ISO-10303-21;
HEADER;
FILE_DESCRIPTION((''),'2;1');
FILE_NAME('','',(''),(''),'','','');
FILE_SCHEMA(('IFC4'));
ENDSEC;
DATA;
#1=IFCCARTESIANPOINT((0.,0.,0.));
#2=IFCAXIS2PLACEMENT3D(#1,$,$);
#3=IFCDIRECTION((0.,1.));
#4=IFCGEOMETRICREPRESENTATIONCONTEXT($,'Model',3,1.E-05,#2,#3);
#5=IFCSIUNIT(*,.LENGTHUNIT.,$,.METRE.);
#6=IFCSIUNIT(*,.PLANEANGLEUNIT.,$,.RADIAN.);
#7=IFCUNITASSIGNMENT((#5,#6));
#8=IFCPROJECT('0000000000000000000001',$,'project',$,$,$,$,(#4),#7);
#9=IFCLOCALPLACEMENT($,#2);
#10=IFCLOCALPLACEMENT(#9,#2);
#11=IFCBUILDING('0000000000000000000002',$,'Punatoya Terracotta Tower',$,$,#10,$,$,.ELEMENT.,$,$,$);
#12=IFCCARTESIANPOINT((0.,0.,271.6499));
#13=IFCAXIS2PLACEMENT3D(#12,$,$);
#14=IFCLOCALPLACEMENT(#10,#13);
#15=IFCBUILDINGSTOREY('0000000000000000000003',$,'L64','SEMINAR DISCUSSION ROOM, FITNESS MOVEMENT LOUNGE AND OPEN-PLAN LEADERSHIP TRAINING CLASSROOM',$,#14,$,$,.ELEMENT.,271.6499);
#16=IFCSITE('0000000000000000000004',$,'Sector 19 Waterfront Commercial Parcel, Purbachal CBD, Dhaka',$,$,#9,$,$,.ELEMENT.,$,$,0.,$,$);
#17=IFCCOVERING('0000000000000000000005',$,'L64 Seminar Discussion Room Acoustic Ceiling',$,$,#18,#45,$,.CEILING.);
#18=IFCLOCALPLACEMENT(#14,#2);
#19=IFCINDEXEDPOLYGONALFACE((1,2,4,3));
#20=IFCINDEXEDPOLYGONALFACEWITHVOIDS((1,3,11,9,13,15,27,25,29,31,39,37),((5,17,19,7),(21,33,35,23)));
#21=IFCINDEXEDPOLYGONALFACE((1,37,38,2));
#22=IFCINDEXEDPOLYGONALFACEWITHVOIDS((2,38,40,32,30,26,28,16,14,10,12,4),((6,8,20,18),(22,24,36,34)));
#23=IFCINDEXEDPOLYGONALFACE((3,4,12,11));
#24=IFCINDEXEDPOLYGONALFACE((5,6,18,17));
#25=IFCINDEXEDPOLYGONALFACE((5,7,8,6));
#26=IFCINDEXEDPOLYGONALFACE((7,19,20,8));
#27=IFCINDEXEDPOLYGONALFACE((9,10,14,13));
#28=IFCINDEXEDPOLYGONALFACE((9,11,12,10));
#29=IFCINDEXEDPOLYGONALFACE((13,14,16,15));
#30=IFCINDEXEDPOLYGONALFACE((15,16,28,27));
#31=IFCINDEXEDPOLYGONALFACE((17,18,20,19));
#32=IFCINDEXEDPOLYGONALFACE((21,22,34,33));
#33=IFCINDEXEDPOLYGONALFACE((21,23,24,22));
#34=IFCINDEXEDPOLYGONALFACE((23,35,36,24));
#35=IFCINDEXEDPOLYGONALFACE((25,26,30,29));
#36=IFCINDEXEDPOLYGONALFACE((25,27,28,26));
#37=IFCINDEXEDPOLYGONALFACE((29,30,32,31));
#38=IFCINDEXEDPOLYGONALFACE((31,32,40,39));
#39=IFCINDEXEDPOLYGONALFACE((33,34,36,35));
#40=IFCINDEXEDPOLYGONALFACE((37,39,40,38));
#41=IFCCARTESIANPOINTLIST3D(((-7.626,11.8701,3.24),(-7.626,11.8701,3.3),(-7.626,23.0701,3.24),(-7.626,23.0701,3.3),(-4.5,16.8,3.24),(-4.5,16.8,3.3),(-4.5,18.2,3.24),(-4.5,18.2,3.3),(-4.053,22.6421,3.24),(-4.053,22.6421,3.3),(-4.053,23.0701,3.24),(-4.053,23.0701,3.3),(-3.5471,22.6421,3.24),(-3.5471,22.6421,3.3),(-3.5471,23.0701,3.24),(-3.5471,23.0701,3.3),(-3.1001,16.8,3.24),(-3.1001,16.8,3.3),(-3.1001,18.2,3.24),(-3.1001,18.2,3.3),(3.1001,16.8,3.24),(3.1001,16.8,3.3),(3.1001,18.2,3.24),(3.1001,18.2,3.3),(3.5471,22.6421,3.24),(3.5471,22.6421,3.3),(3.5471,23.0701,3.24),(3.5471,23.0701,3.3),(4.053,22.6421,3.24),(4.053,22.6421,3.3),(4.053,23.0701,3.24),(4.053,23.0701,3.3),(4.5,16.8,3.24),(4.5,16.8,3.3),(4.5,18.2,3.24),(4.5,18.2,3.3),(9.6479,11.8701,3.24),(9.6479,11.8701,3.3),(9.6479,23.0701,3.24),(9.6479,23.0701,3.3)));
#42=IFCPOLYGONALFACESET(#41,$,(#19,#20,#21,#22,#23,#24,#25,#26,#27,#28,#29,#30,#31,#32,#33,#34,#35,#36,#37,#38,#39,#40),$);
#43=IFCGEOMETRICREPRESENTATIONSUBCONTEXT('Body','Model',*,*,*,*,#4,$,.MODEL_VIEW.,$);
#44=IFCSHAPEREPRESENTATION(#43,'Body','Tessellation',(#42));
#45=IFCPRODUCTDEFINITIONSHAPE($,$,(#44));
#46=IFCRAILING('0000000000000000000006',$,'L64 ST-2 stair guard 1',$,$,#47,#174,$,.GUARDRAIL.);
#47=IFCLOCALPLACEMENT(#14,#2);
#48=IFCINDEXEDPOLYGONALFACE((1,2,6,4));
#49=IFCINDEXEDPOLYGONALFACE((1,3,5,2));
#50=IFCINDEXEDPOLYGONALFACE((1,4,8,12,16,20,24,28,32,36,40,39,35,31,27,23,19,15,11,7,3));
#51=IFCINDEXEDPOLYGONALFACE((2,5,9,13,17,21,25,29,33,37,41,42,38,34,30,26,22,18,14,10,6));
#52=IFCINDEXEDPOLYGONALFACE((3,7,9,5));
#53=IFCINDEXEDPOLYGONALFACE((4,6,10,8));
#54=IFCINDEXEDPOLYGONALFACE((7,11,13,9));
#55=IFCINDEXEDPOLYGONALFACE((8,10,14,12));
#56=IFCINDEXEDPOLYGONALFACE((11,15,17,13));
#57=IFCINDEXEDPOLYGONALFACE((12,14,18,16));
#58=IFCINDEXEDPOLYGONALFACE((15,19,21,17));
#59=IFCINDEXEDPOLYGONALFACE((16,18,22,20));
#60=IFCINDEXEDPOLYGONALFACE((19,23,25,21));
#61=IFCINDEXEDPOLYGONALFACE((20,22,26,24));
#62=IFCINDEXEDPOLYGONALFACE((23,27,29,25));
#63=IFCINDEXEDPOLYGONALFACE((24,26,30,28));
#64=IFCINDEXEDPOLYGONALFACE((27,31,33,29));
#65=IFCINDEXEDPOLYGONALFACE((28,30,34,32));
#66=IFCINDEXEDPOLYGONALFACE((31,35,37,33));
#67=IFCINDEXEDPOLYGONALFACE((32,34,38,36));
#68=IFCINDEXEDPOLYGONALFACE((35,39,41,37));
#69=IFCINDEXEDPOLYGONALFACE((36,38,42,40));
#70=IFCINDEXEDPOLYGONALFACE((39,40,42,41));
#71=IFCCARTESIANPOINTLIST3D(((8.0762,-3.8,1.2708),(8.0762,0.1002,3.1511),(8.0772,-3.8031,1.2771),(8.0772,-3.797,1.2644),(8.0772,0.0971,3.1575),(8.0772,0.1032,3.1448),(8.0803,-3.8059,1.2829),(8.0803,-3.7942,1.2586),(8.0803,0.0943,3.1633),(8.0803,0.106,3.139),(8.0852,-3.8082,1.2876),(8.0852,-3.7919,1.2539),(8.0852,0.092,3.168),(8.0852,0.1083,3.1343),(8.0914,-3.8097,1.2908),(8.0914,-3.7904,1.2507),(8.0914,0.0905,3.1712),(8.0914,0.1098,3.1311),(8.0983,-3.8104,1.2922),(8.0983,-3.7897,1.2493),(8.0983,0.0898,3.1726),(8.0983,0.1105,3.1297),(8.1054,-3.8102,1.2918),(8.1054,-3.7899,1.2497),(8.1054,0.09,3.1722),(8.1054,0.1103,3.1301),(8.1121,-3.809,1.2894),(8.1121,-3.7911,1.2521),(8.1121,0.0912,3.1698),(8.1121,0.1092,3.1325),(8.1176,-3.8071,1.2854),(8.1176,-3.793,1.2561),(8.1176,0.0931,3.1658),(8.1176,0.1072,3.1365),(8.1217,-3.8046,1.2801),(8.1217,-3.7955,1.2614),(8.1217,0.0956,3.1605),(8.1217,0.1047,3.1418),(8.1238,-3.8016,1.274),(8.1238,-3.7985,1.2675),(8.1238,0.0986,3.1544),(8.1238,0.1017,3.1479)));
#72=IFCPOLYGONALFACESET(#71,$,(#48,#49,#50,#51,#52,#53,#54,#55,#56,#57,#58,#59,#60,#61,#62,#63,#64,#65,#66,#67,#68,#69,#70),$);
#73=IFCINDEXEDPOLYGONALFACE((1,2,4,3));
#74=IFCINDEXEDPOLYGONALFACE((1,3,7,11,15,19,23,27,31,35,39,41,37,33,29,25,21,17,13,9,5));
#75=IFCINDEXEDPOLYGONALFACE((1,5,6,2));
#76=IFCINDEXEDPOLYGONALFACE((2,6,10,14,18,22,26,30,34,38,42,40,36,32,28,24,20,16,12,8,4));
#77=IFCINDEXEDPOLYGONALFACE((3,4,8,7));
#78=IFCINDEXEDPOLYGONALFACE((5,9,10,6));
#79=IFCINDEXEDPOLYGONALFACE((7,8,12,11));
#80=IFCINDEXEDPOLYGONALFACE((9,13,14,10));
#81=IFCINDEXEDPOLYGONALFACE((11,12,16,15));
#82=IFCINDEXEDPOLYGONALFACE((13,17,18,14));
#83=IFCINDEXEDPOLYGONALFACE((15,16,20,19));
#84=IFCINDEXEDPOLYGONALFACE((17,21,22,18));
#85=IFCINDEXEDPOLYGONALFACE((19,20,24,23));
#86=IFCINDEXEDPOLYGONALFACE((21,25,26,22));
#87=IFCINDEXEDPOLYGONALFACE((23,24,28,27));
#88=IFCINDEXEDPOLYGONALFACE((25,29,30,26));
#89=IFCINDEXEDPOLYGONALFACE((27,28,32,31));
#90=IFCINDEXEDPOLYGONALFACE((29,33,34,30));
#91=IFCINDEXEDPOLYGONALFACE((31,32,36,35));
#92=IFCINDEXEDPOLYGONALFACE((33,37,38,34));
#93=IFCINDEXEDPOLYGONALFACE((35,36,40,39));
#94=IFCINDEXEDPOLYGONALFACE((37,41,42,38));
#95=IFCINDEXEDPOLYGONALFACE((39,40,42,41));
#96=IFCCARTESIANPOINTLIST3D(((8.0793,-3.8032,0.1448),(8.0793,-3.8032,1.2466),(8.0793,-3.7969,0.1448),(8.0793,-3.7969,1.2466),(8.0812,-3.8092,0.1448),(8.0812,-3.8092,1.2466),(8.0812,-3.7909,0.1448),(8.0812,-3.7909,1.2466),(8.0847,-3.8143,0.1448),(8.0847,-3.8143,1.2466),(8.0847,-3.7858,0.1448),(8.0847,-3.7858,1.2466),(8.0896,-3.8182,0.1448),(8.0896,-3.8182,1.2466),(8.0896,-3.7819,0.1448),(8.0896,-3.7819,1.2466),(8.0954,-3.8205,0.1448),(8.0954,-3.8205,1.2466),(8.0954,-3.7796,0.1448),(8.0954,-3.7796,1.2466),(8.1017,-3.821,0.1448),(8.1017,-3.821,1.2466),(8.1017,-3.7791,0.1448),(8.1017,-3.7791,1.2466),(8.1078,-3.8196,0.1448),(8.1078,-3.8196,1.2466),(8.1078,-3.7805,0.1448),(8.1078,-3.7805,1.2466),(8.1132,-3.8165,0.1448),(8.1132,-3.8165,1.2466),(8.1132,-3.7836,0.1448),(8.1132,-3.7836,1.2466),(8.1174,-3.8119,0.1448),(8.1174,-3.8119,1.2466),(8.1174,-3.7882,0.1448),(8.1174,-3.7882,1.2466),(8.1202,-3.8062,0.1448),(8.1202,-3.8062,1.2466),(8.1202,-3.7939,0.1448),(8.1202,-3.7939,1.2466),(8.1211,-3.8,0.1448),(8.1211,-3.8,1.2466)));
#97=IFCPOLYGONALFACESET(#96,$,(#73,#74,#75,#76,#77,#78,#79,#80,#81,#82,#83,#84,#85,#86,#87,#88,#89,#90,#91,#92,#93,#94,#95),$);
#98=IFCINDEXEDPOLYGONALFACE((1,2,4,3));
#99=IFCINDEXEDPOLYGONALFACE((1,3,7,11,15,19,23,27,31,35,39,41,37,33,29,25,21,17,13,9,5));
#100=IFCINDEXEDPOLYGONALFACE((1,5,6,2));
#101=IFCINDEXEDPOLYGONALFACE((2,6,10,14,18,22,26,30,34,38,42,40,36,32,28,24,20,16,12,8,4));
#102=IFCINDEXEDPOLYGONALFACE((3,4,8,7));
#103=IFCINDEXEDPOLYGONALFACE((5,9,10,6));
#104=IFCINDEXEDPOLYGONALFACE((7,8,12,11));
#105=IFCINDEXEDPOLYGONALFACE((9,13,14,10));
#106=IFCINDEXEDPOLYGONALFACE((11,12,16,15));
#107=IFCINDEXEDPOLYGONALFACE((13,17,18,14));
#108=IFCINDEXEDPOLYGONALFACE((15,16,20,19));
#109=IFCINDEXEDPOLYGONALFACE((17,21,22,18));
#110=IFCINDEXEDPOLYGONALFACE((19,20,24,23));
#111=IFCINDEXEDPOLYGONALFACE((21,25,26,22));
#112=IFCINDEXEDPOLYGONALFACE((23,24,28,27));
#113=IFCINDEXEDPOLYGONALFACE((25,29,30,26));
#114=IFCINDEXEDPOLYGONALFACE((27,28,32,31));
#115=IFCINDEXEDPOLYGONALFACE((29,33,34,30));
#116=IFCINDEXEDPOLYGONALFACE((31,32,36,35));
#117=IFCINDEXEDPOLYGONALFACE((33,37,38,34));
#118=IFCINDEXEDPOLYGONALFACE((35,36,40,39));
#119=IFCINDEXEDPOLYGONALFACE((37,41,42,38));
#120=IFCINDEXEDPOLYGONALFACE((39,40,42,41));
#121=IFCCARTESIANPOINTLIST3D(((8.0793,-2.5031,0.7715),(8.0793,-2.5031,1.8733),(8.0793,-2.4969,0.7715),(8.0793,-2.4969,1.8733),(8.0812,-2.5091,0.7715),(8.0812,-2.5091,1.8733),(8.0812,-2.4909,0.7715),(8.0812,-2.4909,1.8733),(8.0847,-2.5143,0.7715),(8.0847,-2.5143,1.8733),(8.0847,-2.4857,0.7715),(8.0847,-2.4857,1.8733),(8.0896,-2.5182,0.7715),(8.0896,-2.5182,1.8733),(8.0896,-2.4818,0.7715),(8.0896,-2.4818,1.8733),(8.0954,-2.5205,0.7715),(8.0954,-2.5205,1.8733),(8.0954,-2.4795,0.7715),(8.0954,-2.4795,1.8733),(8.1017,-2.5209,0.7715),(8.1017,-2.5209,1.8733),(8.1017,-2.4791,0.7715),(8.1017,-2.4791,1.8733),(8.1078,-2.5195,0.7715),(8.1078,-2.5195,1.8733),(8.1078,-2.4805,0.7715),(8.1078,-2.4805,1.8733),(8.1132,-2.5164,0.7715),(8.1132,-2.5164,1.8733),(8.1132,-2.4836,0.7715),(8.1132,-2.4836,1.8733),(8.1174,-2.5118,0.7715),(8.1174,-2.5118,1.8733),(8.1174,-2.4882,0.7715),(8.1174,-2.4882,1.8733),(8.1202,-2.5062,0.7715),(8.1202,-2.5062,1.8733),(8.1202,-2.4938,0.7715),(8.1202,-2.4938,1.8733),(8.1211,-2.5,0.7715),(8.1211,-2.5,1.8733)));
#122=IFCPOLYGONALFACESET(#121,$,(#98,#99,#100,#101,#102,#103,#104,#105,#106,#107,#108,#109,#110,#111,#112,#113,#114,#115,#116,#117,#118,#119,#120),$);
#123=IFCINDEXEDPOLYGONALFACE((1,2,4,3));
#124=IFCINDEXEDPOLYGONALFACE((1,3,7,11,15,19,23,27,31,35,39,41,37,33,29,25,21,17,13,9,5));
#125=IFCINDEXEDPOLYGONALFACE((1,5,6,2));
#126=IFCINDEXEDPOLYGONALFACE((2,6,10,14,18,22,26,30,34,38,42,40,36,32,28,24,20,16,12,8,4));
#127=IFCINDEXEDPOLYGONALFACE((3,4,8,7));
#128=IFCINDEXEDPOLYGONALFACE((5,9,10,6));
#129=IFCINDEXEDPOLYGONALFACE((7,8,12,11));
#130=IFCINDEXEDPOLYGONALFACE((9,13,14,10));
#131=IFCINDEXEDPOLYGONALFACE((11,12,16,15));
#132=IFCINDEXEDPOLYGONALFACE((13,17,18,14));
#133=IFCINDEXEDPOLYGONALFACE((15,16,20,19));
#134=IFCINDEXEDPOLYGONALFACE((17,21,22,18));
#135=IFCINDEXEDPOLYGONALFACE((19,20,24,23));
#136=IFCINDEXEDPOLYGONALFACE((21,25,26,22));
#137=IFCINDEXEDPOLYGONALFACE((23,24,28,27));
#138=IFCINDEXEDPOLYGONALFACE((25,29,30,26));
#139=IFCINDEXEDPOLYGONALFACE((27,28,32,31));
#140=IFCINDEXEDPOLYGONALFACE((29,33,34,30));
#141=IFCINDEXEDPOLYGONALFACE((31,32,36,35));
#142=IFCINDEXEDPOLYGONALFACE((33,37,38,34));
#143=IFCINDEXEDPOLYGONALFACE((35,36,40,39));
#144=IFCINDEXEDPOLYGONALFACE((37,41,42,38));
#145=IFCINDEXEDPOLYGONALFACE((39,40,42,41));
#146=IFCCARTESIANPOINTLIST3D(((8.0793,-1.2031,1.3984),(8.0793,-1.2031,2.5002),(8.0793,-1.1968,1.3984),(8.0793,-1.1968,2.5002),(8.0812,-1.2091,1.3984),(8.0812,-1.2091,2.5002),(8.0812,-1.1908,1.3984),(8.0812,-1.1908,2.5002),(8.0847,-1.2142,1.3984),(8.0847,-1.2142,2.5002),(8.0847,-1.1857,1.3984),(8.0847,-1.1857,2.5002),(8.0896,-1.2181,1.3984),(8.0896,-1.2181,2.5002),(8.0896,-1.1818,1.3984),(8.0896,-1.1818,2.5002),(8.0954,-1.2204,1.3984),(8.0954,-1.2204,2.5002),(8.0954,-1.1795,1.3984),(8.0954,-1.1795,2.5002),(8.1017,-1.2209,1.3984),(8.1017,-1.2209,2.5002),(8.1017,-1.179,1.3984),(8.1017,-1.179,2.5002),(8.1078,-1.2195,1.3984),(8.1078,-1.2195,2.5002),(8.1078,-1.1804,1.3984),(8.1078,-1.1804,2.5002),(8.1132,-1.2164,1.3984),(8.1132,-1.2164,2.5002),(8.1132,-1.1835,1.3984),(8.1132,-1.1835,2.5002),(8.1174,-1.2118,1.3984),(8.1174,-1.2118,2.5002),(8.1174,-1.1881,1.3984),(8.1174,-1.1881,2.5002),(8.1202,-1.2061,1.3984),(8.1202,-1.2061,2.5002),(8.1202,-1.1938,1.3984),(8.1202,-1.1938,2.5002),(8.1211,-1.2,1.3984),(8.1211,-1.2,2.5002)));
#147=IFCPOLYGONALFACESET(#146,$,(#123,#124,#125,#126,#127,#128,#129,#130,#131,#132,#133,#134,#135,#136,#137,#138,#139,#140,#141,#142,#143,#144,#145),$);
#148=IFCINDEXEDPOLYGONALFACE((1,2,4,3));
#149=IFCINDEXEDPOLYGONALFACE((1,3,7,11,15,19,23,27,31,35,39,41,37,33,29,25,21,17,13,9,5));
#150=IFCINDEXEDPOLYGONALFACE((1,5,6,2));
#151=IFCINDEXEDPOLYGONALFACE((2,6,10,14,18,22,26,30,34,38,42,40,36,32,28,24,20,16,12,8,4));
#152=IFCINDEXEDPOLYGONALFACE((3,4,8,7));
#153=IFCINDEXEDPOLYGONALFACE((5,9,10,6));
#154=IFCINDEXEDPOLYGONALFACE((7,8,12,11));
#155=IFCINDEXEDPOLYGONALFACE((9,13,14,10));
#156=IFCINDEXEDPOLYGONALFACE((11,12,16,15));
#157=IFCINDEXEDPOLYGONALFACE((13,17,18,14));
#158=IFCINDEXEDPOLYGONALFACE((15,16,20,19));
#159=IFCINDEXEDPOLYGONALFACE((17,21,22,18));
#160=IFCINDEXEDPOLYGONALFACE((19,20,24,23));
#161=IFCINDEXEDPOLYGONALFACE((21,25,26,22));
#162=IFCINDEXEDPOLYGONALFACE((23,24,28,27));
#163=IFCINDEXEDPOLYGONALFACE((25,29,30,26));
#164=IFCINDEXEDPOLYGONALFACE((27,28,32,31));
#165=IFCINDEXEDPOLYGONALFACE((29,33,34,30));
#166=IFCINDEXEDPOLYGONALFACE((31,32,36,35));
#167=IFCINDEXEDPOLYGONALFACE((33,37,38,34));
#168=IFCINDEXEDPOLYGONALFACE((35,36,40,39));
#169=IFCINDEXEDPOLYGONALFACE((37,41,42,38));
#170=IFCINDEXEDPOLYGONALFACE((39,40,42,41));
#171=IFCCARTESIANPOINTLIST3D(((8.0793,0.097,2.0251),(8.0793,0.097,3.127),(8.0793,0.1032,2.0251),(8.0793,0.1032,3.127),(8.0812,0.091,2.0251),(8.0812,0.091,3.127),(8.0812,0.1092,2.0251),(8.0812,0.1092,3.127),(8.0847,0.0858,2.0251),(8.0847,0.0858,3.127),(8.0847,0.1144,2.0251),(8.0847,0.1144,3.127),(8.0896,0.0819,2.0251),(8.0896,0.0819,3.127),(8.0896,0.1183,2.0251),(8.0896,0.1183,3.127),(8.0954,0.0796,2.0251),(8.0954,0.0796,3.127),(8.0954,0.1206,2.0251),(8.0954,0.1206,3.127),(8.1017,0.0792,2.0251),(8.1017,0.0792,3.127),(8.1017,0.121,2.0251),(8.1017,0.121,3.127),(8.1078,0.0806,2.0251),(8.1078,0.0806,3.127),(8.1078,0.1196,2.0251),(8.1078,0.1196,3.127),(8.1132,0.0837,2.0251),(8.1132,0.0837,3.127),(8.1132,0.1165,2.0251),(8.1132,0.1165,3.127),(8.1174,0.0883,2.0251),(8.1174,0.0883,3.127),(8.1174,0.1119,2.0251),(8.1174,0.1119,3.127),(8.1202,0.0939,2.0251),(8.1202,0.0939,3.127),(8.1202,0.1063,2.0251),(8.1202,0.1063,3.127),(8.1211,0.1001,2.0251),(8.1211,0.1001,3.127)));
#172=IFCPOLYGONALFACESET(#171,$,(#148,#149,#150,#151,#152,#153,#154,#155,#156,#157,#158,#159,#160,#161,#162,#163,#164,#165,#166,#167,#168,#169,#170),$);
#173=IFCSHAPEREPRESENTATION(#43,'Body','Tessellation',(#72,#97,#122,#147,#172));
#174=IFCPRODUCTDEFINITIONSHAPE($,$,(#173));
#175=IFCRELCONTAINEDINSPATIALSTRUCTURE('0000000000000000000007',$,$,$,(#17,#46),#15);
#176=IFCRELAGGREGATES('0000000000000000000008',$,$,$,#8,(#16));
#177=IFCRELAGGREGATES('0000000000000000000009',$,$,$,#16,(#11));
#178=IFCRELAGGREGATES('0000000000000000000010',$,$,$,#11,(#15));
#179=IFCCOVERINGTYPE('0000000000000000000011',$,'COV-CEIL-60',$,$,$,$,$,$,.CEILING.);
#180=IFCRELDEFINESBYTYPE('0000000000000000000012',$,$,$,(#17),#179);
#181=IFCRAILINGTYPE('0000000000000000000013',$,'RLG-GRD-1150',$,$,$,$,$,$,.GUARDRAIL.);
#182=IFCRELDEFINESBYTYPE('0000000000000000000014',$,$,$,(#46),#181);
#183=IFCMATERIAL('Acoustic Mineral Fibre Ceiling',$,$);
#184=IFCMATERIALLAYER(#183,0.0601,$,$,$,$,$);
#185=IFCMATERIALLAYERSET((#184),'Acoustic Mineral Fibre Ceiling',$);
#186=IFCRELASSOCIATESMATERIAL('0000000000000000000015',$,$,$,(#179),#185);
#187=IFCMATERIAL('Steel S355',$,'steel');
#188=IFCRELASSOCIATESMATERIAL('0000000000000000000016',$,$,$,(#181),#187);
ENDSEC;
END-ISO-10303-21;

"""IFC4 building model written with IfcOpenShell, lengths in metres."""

from ifc_helpers import new_model, si_unit, direction, frame, origin, origin_2d, place, context, subcontext, project, spatial, polyline, circle, outline, extrude, material, layer, layer_set, type_object, element, save


model = new_model("IFC4")

# Units and contexts
model_context = context("Model", 3, precision=1e-05, world=origin(), true_north=direction((0.0, 1.0)))
body_context = subcontext(model_context, "Body", "Model", "MODEL_VIEW")
ifc_project = project(units=[si_unit("LENGTHUNIT", "METRE"), si_unit("PLANEANGLEUNIT", "RADIAN")], contexts=[model_context])

# Site, building, storey
site_placement = place(None, origin())
site = spatial("IfcSite", under=ifc_project, at=site_placement, Name="Sector 19 Waterfront Commercial Parcel, Purbachal CBD, Dhaka", CompositionType="ELEMENT", RefElevation=0.0)
building_placement = place(site_placement, origin())
building = spatial("IfcBuilding", under=site, at=building_placement, Name="Punatoya Terracotta Tower", CompositionType="ELEMENT")
storey_placement = place(building_placement, frame((0.0, 0.0, 271.6499)))
storey = spatial("IfcBuildingStorey", under=building, at=storey_placement, Name="L64", Description="SEMINAR DISCUSSION ROOM, FITNESS MOVEMENT LOUNGE AND OPEN-PLAN LEADERSHIP TRAINING CLASSROOM", CompositionType="ELEMENT", Elevation=271.6499)

# Shared definitions
ifc_material_1 = material(Name="Steel S355", Category="steel")

# Covering
ifc_material_2 = material(Name="Acoustic Mineral Fibre Ceiling")
ifc_layer_1 = layer(ifc_material_2, 0.0601)
ifc_layer_set_1 = layer_set([ifc_layer_1], Name="Acoustic Mineral Fibre Ceiling")
covering_type = type_object("IfcCoveringType", Name="COV-CEIL-60", PredefinedType="CEILING", material=ifc_layer_set_1)
covering_1_placement = place(storey_placement, frame((0.0, 0.0, 3.24)))
element("IfcCovering", 1, at=covering_1_placement, inside=storey, type_object=covering_type, Name="L64 Seminar Discussion Room Acoustic Ceiling", PredefinedType="CEILING", context=body_context, shape_type="SweptSolid", body=[
    extrude(outline(polyline([(3.5471, 23.0701), (-3.5471, 23.0701), (-3.5471, 22.6421), (-4.053, 22.6421), (-4.053, 23.0701), (-7.626, 23.0701), (-7.626, 11.8701), (9.6479, 11.8701), (9.6479, 23.0701), (4.053, 23.0701), (4.053, 22.6421), (3.5471, 22.6421), (3.5471, 23.0701)]), holes=[polyline([(4.5, 16.8), (3.1001, 16.8), (3.1001, 18.2), (4.5, 18.2), (4.5, 16.8)]), polyline([(-4.5, 16.8), (-4.5, 18.2), (-3.1001, 18.2), (-3.1001, 16.8), (-4.5, 16.8)])]), origin(), (0.0, 0.0, 1.0), 0.0601),
])

# Railing
railing_type_1 = type_object("IfcRailingType", Name="RLG-GRD-1150", PredefinedType="GUARDRAIL", material=ifc_material_1)
railing_1_placement = place(storey_placement, frame((8.1001, -3.8, 0.1448)))
element("IfcRailing", 2, at=railing_1_placement, inside=storey, type_object=railing_type_1, Name="L64 ST-2 stair guard 1", PredefinedType="GUARDRAIL", context=body_context, shape_type="SweptSolid", body=[
    extrude(circle(Radius=0.0239, at=origin_2d()), frame((0.0, 0.0, 1.126), z_axis=(0.0, 0.900774, 0.434289), x_axis=(-1.0, 0.0, 0.0)), (0.0, 0.0, 1.0), 4.3298),
    extrude(circle(Radius=0.021, at=origin_2d()), origin(), (0.0, 0.0, 1.0), 1.1018),
    extrude(circle(Radius=0.021, at=origin_2d()), frame((0.0, 1.3, 0.6267)), (0.0, 0.0, 1.0), 1.1018),
    extrude(circle(Radius=0.021, at=origin_2d()), frame((0.0, 2.6001, 1.2537)), (0.0, 0.0, 1.0), 1.1018),
    extrude(circle(Radius=0.021, at=origin_2d()), frame((0.0, 3.9001, 1.8804)), (0.0, 0.0, 1.0), 1.1018),
])

save(model, "model.ifc")
